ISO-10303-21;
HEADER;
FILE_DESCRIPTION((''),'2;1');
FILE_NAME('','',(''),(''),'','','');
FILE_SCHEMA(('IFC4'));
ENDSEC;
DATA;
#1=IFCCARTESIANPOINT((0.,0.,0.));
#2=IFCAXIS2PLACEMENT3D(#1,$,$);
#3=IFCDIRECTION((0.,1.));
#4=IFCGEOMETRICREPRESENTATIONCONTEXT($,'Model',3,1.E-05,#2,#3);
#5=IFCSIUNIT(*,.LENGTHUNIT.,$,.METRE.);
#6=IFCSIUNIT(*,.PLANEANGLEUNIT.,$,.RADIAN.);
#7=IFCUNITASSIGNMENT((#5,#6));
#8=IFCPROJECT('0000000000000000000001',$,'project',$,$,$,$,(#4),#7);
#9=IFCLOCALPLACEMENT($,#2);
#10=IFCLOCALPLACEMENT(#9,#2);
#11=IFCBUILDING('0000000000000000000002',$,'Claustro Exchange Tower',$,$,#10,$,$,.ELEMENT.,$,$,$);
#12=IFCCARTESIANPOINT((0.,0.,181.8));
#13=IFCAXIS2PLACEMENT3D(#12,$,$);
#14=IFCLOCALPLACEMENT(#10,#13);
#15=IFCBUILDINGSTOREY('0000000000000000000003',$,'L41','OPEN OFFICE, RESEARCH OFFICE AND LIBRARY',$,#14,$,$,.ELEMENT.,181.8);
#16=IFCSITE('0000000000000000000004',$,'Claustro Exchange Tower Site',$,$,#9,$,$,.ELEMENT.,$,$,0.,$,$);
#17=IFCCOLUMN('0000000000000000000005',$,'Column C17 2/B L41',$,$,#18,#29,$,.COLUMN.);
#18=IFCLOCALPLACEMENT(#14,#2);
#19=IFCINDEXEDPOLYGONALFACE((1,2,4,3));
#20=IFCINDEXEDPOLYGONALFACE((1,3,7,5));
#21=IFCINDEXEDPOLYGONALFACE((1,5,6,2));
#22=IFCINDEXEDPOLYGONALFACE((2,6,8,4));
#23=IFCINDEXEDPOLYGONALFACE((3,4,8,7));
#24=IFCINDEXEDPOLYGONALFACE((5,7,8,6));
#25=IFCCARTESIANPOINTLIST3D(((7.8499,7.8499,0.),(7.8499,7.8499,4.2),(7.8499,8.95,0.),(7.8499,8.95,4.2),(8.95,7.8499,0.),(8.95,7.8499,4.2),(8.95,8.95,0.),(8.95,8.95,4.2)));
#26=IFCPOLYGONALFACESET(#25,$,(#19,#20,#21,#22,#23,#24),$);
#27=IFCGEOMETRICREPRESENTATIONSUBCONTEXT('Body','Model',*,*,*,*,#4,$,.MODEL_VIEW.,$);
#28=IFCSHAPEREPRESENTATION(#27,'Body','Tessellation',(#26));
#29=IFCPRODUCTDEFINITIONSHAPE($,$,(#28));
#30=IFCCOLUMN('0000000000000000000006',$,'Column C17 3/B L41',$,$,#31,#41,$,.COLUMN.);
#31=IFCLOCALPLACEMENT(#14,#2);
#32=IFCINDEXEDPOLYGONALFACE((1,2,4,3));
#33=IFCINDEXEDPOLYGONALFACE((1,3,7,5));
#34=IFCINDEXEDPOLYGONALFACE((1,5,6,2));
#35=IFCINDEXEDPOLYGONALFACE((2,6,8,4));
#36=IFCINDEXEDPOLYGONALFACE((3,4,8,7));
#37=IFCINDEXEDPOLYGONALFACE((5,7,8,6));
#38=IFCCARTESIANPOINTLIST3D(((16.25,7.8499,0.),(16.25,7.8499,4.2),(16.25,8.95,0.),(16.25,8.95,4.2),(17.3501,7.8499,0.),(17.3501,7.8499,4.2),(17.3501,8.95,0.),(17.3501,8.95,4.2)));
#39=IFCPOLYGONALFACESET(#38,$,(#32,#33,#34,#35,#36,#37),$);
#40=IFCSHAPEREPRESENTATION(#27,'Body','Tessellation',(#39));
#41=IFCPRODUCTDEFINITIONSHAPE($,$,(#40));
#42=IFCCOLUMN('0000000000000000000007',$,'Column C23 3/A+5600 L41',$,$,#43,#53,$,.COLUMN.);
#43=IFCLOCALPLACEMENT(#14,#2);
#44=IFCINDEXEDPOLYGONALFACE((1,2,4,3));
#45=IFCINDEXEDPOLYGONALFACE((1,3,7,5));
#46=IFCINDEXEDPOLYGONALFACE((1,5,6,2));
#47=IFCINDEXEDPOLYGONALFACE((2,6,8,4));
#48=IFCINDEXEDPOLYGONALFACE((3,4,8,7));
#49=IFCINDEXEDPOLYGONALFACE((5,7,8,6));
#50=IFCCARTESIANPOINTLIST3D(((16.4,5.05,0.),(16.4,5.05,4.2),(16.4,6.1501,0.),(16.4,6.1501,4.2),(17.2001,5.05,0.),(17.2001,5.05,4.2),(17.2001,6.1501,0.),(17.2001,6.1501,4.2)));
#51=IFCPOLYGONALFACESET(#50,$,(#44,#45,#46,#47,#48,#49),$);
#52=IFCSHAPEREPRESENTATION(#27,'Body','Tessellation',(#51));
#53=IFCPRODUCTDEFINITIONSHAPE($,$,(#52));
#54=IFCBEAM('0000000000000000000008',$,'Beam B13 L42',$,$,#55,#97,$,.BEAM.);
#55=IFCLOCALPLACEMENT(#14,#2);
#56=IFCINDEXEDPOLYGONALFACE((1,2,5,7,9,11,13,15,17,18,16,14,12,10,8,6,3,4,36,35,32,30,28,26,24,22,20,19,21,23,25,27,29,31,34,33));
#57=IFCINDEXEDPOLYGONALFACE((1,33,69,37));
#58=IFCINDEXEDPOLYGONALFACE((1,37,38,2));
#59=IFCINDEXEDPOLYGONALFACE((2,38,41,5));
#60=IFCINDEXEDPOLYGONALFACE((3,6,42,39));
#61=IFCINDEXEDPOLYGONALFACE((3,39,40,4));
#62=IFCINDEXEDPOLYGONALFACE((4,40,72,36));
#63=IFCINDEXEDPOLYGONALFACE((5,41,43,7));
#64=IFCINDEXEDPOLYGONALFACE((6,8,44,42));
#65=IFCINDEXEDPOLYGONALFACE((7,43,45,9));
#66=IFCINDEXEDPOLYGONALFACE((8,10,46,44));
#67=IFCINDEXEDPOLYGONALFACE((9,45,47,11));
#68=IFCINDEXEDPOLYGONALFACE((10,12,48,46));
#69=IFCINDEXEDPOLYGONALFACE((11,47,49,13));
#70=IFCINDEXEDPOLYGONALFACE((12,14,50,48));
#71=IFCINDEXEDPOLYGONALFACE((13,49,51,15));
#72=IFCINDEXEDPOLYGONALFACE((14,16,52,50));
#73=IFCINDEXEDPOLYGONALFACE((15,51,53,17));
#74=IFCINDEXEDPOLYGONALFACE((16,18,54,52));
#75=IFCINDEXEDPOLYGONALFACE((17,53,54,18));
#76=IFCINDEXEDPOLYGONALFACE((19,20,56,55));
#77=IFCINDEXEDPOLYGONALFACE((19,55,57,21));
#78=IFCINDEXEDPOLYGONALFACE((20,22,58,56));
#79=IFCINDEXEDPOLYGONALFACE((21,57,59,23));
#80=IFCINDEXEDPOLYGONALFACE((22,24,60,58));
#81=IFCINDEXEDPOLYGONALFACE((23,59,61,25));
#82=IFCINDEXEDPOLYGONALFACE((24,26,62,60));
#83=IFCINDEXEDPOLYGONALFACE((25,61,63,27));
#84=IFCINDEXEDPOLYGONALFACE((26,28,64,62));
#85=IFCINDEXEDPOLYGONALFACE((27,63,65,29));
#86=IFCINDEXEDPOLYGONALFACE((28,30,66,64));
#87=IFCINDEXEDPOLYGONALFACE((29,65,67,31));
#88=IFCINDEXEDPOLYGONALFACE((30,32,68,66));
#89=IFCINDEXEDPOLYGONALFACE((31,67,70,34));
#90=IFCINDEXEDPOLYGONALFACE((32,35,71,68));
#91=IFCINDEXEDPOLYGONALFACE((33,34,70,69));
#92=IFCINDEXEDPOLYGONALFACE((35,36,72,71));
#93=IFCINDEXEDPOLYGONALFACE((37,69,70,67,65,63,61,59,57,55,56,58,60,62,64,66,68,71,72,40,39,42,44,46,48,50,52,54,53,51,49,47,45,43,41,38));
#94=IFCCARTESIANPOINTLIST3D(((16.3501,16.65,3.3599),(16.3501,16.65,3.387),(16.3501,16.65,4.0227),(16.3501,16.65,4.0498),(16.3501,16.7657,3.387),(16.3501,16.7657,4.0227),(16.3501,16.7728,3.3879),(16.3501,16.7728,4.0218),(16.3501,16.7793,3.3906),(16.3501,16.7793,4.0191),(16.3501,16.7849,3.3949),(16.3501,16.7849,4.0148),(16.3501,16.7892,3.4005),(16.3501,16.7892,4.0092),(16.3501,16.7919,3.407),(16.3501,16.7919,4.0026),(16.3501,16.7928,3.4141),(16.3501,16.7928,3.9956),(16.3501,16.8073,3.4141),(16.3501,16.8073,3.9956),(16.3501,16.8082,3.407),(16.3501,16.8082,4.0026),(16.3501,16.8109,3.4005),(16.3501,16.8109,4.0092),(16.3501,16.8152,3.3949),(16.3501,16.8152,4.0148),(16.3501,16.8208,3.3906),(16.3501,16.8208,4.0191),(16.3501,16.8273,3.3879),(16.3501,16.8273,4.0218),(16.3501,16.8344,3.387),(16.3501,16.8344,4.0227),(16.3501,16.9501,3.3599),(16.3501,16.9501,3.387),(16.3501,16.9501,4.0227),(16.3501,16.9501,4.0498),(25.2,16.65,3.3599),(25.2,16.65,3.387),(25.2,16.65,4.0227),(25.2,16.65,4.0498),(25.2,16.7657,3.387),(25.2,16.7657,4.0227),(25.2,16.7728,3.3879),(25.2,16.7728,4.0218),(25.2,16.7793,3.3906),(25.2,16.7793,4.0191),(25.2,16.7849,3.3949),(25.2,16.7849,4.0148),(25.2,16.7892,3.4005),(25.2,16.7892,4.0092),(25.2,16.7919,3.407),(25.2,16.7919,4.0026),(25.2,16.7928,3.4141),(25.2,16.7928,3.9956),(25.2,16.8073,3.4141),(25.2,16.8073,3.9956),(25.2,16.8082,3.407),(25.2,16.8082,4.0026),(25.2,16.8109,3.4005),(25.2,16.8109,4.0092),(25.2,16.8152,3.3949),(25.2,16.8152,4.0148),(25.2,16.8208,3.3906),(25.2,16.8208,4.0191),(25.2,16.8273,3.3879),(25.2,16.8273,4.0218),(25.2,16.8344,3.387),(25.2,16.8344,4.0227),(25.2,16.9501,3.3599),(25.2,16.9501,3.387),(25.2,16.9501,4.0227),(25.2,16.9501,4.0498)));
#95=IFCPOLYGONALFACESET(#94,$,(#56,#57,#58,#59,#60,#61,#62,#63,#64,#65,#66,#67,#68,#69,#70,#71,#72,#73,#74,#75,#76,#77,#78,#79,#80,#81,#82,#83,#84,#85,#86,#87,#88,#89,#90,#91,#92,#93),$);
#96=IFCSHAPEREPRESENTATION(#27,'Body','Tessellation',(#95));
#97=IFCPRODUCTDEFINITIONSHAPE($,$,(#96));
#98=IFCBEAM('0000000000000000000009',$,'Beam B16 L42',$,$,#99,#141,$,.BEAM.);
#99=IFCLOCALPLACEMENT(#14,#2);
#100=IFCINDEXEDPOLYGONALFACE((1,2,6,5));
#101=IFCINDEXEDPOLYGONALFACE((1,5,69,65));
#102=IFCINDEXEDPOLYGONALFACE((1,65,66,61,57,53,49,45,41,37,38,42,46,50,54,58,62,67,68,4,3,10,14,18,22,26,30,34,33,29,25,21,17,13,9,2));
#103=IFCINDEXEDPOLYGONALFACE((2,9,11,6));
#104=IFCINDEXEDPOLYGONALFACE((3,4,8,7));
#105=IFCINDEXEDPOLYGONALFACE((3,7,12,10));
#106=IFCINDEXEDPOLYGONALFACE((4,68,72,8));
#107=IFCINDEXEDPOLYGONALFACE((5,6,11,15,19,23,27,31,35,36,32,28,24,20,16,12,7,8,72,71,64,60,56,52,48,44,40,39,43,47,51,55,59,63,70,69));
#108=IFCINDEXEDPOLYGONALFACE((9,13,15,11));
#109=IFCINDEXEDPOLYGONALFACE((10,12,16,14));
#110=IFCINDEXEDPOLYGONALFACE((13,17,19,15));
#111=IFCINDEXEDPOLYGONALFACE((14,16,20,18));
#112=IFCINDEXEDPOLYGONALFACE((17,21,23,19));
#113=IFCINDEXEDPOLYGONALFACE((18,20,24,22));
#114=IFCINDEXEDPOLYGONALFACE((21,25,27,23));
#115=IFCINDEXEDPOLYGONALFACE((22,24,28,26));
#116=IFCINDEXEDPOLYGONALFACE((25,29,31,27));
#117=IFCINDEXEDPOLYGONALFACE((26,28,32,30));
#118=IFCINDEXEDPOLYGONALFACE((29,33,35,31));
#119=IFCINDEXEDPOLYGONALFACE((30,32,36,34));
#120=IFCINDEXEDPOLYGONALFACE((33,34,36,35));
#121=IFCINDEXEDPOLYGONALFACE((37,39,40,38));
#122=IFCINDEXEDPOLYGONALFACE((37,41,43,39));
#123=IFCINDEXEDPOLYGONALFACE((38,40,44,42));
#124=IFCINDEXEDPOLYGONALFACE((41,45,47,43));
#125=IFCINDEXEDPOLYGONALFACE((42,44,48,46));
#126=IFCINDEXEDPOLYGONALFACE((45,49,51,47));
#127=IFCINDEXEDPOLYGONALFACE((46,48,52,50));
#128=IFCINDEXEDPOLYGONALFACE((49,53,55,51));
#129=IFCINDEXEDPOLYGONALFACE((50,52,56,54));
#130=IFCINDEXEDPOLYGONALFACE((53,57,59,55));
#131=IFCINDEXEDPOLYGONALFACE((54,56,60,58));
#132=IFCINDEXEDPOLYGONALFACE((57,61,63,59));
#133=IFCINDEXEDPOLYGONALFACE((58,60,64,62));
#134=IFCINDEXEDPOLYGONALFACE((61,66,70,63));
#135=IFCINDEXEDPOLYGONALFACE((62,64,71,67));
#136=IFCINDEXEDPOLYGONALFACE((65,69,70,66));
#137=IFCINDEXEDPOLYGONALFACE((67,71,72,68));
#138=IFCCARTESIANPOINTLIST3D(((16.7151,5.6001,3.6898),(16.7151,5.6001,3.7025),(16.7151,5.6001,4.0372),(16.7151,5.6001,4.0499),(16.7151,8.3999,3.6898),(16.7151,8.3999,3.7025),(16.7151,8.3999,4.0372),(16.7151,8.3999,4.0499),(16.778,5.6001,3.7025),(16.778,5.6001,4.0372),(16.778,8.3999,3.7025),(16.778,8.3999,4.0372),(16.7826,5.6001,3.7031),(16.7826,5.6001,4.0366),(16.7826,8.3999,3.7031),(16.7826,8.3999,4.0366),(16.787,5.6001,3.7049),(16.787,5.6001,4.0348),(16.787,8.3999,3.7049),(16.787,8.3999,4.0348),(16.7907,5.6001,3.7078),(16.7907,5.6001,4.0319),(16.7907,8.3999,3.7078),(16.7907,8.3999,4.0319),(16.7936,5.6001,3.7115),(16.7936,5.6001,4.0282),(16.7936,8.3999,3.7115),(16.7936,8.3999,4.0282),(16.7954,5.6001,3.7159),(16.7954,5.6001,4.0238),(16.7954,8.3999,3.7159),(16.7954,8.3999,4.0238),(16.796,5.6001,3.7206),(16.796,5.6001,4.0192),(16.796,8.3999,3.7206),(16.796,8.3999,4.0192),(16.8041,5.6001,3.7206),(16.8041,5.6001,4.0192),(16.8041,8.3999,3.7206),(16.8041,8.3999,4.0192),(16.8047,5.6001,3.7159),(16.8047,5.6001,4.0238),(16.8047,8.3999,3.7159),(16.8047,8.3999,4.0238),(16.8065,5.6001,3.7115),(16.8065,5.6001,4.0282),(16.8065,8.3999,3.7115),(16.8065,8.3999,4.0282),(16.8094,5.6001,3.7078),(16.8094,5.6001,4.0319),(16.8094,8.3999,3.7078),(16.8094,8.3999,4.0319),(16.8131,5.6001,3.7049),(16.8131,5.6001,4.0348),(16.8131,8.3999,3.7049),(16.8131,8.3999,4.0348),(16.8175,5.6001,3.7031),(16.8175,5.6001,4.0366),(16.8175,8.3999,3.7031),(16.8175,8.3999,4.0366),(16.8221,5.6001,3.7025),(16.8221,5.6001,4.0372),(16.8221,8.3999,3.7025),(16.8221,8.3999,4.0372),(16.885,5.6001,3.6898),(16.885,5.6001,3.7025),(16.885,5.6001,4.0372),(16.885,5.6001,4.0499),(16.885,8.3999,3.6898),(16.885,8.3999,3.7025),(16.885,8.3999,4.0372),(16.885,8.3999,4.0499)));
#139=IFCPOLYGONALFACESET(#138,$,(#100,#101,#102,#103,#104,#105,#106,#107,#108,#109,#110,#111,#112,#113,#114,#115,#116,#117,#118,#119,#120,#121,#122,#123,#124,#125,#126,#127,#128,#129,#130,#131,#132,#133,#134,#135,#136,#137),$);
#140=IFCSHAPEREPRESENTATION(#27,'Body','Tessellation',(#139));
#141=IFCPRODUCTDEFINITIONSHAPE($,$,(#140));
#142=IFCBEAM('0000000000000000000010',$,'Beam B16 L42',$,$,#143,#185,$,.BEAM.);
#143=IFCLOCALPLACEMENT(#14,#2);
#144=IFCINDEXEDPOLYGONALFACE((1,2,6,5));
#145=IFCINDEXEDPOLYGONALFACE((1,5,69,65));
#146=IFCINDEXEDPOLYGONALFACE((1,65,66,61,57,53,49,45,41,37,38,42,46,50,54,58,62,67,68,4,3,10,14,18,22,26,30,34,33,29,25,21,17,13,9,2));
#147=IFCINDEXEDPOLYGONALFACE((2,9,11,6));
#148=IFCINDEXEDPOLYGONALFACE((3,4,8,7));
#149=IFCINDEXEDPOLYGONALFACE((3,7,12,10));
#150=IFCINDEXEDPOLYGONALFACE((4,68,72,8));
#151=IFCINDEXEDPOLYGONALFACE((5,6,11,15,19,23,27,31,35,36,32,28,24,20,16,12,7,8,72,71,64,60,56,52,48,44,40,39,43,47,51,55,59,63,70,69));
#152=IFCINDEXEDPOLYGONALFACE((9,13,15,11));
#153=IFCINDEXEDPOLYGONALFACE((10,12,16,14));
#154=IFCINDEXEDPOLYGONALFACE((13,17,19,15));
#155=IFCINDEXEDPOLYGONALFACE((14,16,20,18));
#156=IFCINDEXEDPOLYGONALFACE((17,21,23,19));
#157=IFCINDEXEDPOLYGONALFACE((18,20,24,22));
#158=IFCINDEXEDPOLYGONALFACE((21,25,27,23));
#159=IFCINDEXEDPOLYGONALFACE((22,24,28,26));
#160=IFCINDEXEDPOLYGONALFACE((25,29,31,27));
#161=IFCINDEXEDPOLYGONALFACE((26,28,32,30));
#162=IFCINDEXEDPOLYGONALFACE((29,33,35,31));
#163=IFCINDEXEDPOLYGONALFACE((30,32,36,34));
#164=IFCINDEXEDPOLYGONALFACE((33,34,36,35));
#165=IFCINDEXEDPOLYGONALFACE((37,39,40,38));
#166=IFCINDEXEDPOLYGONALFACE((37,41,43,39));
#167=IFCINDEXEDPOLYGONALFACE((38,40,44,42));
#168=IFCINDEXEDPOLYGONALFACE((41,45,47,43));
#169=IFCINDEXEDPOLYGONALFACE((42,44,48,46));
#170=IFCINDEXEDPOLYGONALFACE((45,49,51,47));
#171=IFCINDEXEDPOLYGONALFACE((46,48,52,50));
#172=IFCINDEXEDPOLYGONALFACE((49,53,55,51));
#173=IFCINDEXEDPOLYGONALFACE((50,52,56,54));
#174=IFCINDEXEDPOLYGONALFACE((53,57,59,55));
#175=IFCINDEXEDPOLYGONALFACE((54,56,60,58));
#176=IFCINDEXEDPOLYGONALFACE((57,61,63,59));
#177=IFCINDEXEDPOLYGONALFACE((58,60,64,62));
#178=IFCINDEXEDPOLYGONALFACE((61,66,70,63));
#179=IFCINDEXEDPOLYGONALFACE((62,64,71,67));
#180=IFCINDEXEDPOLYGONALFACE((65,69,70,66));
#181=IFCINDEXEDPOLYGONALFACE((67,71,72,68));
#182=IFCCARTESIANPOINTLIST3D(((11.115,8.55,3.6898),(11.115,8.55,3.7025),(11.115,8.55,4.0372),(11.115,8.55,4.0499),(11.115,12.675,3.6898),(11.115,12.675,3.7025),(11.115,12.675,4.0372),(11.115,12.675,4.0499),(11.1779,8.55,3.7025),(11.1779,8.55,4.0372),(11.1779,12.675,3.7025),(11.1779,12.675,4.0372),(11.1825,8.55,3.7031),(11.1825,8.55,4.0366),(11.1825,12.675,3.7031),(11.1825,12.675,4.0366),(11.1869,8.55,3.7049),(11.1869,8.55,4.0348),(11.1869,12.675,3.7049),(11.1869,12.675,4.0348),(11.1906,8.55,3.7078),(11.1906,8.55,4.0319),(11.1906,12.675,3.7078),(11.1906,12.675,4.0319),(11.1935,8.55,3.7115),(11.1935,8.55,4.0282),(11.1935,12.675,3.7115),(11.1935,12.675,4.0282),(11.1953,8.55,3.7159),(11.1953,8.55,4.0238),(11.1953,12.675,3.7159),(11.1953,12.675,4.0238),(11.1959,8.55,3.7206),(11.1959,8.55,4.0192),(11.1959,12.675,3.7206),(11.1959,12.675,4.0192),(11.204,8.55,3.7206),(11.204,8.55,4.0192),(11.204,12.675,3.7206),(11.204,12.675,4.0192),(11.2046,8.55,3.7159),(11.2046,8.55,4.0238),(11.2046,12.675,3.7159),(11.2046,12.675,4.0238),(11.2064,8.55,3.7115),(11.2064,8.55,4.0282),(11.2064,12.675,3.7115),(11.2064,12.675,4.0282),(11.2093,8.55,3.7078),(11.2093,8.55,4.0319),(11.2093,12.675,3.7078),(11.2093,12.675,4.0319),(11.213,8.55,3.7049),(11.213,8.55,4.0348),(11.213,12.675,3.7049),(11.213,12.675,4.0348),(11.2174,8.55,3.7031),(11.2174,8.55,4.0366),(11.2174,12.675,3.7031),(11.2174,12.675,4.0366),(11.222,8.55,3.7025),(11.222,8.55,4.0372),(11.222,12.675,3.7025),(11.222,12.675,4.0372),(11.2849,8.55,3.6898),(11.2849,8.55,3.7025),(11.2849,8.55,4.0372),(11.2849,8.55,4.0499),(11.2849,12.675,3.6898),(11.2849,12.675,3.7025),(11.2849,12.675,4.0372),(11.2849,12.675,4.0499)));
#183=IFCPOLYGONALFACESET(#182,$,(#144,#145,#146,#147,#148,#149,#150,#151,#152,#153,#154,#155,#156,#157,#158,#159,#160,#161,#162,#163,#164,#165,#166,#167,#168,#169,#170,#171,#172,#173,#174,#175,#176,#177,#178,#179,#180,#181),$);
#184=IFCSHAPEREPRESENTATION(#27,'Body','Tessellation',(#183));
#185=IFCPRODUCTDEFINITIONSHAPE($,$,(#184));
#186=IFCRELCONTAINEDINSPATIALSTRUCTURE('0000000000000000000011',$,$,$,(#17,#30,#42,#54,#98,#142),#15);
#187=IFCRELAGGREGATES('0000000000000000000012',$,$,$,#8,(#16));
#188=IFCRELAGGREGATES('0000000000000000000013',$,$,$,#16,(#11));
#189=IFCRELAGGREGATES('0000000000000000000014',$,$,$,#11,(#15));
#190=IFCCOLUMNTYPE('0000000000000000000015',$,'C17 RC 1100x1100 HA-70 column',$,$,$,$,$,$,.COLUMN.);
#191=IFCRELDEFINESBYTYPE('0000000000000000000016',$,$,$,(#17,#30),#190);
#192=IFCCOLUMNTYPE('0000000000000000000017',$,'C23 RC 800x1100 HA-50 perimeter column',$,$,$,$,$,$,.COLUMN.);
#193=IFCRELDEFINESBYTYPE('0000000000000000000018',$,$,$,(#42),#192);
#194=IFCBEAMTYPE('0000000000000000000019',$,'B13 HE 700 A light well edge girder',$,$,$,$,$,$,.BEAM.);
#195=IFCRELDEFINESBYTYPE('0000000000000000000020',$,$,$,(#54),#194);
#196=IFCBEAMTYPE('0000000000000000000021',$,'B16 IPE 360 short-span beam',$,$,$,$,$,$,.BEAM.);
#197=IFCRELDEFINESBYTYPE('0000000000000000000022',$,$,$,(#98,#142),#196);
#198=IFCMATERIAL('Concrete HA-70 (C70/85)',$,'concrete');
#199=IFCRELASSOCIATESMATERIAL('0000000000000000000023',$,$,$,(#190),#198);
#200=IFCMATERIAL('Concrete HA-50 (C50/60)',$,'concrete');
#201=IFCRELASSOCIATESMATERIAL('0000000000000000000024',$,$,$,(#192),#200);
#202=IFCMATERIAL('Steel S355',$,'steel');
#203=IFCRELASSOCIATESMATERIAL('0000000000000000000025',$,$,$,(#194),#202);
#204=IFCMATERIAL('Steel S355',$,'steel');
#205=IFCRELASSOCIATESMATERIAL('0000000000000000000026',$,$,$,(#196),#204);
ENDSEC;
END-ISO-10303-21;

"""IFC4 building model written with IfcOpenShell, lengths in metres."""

from ifc_helpers import new_model, si_unit, direction, frame, origin, origin_2d, place, context, subcontext, project, spatial, rectangle, i_section, extrude, material, material_profile, profile_set, type_object, element, save


model = new_model("IFC4")

# Units and contexts
model_context = context("Model", 3, precision=1e-05, world=origin(), true_north=direction((0.0, 1.0)))
body_context = subcontext(model_context, "Body", "Model", "MODEL_VIEW")
ifc_project = project(units=[si_unit("LENGTHUNIT", "METRE"), si_unit("PLANEANGLEUNIT", "RADIAN")], contexts=[model_context])

# Site, building, storey
site_placement = place(None, origin())
site = spatial("IfcSite", under=ifc_project, at=site_placement, Name="Claustro Exchange Tower Site", CompositionType="ELEMENT", RefElevation=0.0)
building_placement = place(site_placement, origin())
building = spatial("IfcBuilding", under=site, at=building_placement, Name="Claustro Exchange Tower", CompositionType="ELEMENT")
storey_placement = place(building_placement, frame((0.0, 0.0, 181.8)))
storey = spatial("IfcBuildingStorey", under=building, at=storey_placement, Name="L41", Description="OPEN OFFICE, RESEARCH OFFICE AND LIBRARY", CompositionType="ELEMENT", Elevation=181.8)

# Columns
ifc_material_1 = material(Name="Concrete HA-70 (C70/85)", Category="concrete")
ifc_material_profile_1 = material_profile(ifc_material_1, rectangle(XDim=1.1001, YDim=1.1001, at=origin_2d()), Name="RC 1100x1100")
ifc_profile_set_1 = profile_set([ifc_material_profile_1], Name="Concrete HA-70 (C70/85)")
column_type_1 = type_object("IfcColumnType", Name="C17 RC 1100x1100 HA-70 column", PredefinedType="COLUMN", material=ifc_profile_set_1)
for number, where, z_axis, x_axis, name in (
    (1, (8.3999, 8.3999, 0.0), (0.0, 0.0, 1.0), (1.0, 0.0, 0.0), "Column C17 2/B L41"),
    (2, (16.8, 8.3999, 0.0), (0.0, 0.0, 1.0), (1.0, 0.0, 0.0), "Column C17 3/B L41"),
):
    element("IfcColumn", number, at=place(storey_placement, frame(where, z_axis=z_axis, x_axis=x_axis)), inside=storey, type_object=column_type_1, Name=name, PredefinedType="COLUMN", context=body_context, shape_type="SweptSolid", body=[
        extrude(rectangle(XDim=1.1001, YDim=1.1001, at=origin_2d()), origin(), (0.0, 0.0, 1.0), 4.2),
    ])
ifc_material_2 = material(Name="Concrete HA-50 (C50/60)", Category="concrete")
ifc_material_profile_2 = material_profile(ifc_material_2, rectangle(XDim=0.8, YDim=1.1001, at=origin_2d()), Name="RC 800x1100")
ifc_profile_set_2 = profile_set([ifc_material_profile_2], Name="Concrete HA-50 (C50/60)")
column_type_2 = type_object("IfcColumnType", Name="C23 RC 800x1100 HA-50 perimeter column", PredefinedType="COLUMN", material=ifc_profile_set_2)
column_placement = place(storey_placement, frame((16.8, 5.6001, 0.0), z_axis=(0.0, 0.0, 1.0), x_axis=(1.0, 0.0, 0.0)))
element("IfcColumn", 3, at=column_placement, inside=storey, type_object=column_type_2, Name="Column C23 3/A+5600 L41", PredefinedType="COLUMN", context=body_context, shape_type="SweptSolid", body=[
    extrude(rectangle(XDim=0.8, YDim=1.1001, at=origin_2d()), origin(), (0.0, 0.0, 1.0), 4.2),
])

# Beams
ifc_material_3 = material(Name="Steel S355", Category="steel")
ifc_material_profile_3 = material_profile(ifc_material_3, i_section(OverallWidth=0.3, OverallDepth=0.6899, WebThickness=0.0144, FlangeThickness=0.0271, FilletRadius=0.0271, at=origin_2d()), Name="HE 700 A")
ifc_profile_set_3 = profile_set([ifc_material_profile_3], Name="Steel S355")
beam_type_1 = type_object("IfcBeamType", Name="B13 HE 700 A light well edge girder", PredefinedType="BEAM", material=ifc_profile_set_3)
beam_1_placement = place(storey_placement, frame((16.3501, 16.8, 3.7048), z_axis=(1.0, 0.0, 0.0), x_axis=(0.0, 1.0, 0.0)))
element("IfcBeam", 4, at=beam_1_placement, inside=storey, type_object=beam_type_1, Name="Beam B13 L42", PredefinedType="BEAM", context=body_context, shape_type="SweptSolid", body=[
    extrude(i_section(OverallWidth=0.3, OverallDepth=0.6899, WebThickness=0.0144, FlangeThickness=0.0271, FilletRadius=0.0271, at=origin_2d()), origin(), (0.0, 0.0, 1.0), 8.8499),
])
ifc_material_4 = material(Name="Steel S355", Category="steel")
ifc_material_profile_4 = material_profile(ifc_material_4, i_section(OverallWidth=0.1699, OverallDepth=0.3601, WebThickness=0.0081, FlangeThickness=0.0127, FilletRadius=0.0181, at=origin_2d()), Name="IPE 360")
ifc_profile_set_4 = profile_set([ifc_material_profile_4], Name="Steel S355")
beam_type_2 = type_object("IfcBeamType", Name="B16 IPE 360 short-span beam", PredefinedType="BEAM", material=ifc_profile_set_4)
beam_2_placement = place(storey_placement, frame((16.8, 5.6001, 3.8699), z_axis=(0.0, 1.0, 0.0), x_axis=(-1.0, 0.0, 0.0)))
element("IfcBeam", 5, at=beam_2_placement, inside=storey, type_object=beam_type_2, Name="Beam B16 L42", PredefinedType="BEAM", context=body_context, shape_type="SweptSolid", body=[
    extrude(i_section(OverallWidth=0.1699, OverallDepth=0.3601, WebThickness=0.0081, FlangeThickness=0.0127, FilletRadius=0.0181, at=origin_2d()), origin(), (0.0, 0.0, 1.0), 2.7998),
])
for number, where, z_axis, x_axis, name in (
    (6, (11.2, 8.55, 3.8699), (0.0, 1.0, 0.0), (-1.0, 0.0, 0.0), "Beam B16 L42"),
):
    element("IfcBeam", number, at=place(storey_placement, frame(where, z_axis=z_axis, x_axis=x_axis)), inside=storey, type_object=beam_type_2, Name=name, PredefinedType="BEAM", context=body_context, shape_type="SweptSolid", body=[
        extrude(i_section(OverallWidth=0.1699, OverallDepth=0.3601, WebThickness=0.0081, FlangeThickness=0.0127, FilletRadius=0.0181, at=origin_2d()), origin(), (0.0, 0.0, 1.0), 4.125),
    ])

save(model, "model.ifc")
